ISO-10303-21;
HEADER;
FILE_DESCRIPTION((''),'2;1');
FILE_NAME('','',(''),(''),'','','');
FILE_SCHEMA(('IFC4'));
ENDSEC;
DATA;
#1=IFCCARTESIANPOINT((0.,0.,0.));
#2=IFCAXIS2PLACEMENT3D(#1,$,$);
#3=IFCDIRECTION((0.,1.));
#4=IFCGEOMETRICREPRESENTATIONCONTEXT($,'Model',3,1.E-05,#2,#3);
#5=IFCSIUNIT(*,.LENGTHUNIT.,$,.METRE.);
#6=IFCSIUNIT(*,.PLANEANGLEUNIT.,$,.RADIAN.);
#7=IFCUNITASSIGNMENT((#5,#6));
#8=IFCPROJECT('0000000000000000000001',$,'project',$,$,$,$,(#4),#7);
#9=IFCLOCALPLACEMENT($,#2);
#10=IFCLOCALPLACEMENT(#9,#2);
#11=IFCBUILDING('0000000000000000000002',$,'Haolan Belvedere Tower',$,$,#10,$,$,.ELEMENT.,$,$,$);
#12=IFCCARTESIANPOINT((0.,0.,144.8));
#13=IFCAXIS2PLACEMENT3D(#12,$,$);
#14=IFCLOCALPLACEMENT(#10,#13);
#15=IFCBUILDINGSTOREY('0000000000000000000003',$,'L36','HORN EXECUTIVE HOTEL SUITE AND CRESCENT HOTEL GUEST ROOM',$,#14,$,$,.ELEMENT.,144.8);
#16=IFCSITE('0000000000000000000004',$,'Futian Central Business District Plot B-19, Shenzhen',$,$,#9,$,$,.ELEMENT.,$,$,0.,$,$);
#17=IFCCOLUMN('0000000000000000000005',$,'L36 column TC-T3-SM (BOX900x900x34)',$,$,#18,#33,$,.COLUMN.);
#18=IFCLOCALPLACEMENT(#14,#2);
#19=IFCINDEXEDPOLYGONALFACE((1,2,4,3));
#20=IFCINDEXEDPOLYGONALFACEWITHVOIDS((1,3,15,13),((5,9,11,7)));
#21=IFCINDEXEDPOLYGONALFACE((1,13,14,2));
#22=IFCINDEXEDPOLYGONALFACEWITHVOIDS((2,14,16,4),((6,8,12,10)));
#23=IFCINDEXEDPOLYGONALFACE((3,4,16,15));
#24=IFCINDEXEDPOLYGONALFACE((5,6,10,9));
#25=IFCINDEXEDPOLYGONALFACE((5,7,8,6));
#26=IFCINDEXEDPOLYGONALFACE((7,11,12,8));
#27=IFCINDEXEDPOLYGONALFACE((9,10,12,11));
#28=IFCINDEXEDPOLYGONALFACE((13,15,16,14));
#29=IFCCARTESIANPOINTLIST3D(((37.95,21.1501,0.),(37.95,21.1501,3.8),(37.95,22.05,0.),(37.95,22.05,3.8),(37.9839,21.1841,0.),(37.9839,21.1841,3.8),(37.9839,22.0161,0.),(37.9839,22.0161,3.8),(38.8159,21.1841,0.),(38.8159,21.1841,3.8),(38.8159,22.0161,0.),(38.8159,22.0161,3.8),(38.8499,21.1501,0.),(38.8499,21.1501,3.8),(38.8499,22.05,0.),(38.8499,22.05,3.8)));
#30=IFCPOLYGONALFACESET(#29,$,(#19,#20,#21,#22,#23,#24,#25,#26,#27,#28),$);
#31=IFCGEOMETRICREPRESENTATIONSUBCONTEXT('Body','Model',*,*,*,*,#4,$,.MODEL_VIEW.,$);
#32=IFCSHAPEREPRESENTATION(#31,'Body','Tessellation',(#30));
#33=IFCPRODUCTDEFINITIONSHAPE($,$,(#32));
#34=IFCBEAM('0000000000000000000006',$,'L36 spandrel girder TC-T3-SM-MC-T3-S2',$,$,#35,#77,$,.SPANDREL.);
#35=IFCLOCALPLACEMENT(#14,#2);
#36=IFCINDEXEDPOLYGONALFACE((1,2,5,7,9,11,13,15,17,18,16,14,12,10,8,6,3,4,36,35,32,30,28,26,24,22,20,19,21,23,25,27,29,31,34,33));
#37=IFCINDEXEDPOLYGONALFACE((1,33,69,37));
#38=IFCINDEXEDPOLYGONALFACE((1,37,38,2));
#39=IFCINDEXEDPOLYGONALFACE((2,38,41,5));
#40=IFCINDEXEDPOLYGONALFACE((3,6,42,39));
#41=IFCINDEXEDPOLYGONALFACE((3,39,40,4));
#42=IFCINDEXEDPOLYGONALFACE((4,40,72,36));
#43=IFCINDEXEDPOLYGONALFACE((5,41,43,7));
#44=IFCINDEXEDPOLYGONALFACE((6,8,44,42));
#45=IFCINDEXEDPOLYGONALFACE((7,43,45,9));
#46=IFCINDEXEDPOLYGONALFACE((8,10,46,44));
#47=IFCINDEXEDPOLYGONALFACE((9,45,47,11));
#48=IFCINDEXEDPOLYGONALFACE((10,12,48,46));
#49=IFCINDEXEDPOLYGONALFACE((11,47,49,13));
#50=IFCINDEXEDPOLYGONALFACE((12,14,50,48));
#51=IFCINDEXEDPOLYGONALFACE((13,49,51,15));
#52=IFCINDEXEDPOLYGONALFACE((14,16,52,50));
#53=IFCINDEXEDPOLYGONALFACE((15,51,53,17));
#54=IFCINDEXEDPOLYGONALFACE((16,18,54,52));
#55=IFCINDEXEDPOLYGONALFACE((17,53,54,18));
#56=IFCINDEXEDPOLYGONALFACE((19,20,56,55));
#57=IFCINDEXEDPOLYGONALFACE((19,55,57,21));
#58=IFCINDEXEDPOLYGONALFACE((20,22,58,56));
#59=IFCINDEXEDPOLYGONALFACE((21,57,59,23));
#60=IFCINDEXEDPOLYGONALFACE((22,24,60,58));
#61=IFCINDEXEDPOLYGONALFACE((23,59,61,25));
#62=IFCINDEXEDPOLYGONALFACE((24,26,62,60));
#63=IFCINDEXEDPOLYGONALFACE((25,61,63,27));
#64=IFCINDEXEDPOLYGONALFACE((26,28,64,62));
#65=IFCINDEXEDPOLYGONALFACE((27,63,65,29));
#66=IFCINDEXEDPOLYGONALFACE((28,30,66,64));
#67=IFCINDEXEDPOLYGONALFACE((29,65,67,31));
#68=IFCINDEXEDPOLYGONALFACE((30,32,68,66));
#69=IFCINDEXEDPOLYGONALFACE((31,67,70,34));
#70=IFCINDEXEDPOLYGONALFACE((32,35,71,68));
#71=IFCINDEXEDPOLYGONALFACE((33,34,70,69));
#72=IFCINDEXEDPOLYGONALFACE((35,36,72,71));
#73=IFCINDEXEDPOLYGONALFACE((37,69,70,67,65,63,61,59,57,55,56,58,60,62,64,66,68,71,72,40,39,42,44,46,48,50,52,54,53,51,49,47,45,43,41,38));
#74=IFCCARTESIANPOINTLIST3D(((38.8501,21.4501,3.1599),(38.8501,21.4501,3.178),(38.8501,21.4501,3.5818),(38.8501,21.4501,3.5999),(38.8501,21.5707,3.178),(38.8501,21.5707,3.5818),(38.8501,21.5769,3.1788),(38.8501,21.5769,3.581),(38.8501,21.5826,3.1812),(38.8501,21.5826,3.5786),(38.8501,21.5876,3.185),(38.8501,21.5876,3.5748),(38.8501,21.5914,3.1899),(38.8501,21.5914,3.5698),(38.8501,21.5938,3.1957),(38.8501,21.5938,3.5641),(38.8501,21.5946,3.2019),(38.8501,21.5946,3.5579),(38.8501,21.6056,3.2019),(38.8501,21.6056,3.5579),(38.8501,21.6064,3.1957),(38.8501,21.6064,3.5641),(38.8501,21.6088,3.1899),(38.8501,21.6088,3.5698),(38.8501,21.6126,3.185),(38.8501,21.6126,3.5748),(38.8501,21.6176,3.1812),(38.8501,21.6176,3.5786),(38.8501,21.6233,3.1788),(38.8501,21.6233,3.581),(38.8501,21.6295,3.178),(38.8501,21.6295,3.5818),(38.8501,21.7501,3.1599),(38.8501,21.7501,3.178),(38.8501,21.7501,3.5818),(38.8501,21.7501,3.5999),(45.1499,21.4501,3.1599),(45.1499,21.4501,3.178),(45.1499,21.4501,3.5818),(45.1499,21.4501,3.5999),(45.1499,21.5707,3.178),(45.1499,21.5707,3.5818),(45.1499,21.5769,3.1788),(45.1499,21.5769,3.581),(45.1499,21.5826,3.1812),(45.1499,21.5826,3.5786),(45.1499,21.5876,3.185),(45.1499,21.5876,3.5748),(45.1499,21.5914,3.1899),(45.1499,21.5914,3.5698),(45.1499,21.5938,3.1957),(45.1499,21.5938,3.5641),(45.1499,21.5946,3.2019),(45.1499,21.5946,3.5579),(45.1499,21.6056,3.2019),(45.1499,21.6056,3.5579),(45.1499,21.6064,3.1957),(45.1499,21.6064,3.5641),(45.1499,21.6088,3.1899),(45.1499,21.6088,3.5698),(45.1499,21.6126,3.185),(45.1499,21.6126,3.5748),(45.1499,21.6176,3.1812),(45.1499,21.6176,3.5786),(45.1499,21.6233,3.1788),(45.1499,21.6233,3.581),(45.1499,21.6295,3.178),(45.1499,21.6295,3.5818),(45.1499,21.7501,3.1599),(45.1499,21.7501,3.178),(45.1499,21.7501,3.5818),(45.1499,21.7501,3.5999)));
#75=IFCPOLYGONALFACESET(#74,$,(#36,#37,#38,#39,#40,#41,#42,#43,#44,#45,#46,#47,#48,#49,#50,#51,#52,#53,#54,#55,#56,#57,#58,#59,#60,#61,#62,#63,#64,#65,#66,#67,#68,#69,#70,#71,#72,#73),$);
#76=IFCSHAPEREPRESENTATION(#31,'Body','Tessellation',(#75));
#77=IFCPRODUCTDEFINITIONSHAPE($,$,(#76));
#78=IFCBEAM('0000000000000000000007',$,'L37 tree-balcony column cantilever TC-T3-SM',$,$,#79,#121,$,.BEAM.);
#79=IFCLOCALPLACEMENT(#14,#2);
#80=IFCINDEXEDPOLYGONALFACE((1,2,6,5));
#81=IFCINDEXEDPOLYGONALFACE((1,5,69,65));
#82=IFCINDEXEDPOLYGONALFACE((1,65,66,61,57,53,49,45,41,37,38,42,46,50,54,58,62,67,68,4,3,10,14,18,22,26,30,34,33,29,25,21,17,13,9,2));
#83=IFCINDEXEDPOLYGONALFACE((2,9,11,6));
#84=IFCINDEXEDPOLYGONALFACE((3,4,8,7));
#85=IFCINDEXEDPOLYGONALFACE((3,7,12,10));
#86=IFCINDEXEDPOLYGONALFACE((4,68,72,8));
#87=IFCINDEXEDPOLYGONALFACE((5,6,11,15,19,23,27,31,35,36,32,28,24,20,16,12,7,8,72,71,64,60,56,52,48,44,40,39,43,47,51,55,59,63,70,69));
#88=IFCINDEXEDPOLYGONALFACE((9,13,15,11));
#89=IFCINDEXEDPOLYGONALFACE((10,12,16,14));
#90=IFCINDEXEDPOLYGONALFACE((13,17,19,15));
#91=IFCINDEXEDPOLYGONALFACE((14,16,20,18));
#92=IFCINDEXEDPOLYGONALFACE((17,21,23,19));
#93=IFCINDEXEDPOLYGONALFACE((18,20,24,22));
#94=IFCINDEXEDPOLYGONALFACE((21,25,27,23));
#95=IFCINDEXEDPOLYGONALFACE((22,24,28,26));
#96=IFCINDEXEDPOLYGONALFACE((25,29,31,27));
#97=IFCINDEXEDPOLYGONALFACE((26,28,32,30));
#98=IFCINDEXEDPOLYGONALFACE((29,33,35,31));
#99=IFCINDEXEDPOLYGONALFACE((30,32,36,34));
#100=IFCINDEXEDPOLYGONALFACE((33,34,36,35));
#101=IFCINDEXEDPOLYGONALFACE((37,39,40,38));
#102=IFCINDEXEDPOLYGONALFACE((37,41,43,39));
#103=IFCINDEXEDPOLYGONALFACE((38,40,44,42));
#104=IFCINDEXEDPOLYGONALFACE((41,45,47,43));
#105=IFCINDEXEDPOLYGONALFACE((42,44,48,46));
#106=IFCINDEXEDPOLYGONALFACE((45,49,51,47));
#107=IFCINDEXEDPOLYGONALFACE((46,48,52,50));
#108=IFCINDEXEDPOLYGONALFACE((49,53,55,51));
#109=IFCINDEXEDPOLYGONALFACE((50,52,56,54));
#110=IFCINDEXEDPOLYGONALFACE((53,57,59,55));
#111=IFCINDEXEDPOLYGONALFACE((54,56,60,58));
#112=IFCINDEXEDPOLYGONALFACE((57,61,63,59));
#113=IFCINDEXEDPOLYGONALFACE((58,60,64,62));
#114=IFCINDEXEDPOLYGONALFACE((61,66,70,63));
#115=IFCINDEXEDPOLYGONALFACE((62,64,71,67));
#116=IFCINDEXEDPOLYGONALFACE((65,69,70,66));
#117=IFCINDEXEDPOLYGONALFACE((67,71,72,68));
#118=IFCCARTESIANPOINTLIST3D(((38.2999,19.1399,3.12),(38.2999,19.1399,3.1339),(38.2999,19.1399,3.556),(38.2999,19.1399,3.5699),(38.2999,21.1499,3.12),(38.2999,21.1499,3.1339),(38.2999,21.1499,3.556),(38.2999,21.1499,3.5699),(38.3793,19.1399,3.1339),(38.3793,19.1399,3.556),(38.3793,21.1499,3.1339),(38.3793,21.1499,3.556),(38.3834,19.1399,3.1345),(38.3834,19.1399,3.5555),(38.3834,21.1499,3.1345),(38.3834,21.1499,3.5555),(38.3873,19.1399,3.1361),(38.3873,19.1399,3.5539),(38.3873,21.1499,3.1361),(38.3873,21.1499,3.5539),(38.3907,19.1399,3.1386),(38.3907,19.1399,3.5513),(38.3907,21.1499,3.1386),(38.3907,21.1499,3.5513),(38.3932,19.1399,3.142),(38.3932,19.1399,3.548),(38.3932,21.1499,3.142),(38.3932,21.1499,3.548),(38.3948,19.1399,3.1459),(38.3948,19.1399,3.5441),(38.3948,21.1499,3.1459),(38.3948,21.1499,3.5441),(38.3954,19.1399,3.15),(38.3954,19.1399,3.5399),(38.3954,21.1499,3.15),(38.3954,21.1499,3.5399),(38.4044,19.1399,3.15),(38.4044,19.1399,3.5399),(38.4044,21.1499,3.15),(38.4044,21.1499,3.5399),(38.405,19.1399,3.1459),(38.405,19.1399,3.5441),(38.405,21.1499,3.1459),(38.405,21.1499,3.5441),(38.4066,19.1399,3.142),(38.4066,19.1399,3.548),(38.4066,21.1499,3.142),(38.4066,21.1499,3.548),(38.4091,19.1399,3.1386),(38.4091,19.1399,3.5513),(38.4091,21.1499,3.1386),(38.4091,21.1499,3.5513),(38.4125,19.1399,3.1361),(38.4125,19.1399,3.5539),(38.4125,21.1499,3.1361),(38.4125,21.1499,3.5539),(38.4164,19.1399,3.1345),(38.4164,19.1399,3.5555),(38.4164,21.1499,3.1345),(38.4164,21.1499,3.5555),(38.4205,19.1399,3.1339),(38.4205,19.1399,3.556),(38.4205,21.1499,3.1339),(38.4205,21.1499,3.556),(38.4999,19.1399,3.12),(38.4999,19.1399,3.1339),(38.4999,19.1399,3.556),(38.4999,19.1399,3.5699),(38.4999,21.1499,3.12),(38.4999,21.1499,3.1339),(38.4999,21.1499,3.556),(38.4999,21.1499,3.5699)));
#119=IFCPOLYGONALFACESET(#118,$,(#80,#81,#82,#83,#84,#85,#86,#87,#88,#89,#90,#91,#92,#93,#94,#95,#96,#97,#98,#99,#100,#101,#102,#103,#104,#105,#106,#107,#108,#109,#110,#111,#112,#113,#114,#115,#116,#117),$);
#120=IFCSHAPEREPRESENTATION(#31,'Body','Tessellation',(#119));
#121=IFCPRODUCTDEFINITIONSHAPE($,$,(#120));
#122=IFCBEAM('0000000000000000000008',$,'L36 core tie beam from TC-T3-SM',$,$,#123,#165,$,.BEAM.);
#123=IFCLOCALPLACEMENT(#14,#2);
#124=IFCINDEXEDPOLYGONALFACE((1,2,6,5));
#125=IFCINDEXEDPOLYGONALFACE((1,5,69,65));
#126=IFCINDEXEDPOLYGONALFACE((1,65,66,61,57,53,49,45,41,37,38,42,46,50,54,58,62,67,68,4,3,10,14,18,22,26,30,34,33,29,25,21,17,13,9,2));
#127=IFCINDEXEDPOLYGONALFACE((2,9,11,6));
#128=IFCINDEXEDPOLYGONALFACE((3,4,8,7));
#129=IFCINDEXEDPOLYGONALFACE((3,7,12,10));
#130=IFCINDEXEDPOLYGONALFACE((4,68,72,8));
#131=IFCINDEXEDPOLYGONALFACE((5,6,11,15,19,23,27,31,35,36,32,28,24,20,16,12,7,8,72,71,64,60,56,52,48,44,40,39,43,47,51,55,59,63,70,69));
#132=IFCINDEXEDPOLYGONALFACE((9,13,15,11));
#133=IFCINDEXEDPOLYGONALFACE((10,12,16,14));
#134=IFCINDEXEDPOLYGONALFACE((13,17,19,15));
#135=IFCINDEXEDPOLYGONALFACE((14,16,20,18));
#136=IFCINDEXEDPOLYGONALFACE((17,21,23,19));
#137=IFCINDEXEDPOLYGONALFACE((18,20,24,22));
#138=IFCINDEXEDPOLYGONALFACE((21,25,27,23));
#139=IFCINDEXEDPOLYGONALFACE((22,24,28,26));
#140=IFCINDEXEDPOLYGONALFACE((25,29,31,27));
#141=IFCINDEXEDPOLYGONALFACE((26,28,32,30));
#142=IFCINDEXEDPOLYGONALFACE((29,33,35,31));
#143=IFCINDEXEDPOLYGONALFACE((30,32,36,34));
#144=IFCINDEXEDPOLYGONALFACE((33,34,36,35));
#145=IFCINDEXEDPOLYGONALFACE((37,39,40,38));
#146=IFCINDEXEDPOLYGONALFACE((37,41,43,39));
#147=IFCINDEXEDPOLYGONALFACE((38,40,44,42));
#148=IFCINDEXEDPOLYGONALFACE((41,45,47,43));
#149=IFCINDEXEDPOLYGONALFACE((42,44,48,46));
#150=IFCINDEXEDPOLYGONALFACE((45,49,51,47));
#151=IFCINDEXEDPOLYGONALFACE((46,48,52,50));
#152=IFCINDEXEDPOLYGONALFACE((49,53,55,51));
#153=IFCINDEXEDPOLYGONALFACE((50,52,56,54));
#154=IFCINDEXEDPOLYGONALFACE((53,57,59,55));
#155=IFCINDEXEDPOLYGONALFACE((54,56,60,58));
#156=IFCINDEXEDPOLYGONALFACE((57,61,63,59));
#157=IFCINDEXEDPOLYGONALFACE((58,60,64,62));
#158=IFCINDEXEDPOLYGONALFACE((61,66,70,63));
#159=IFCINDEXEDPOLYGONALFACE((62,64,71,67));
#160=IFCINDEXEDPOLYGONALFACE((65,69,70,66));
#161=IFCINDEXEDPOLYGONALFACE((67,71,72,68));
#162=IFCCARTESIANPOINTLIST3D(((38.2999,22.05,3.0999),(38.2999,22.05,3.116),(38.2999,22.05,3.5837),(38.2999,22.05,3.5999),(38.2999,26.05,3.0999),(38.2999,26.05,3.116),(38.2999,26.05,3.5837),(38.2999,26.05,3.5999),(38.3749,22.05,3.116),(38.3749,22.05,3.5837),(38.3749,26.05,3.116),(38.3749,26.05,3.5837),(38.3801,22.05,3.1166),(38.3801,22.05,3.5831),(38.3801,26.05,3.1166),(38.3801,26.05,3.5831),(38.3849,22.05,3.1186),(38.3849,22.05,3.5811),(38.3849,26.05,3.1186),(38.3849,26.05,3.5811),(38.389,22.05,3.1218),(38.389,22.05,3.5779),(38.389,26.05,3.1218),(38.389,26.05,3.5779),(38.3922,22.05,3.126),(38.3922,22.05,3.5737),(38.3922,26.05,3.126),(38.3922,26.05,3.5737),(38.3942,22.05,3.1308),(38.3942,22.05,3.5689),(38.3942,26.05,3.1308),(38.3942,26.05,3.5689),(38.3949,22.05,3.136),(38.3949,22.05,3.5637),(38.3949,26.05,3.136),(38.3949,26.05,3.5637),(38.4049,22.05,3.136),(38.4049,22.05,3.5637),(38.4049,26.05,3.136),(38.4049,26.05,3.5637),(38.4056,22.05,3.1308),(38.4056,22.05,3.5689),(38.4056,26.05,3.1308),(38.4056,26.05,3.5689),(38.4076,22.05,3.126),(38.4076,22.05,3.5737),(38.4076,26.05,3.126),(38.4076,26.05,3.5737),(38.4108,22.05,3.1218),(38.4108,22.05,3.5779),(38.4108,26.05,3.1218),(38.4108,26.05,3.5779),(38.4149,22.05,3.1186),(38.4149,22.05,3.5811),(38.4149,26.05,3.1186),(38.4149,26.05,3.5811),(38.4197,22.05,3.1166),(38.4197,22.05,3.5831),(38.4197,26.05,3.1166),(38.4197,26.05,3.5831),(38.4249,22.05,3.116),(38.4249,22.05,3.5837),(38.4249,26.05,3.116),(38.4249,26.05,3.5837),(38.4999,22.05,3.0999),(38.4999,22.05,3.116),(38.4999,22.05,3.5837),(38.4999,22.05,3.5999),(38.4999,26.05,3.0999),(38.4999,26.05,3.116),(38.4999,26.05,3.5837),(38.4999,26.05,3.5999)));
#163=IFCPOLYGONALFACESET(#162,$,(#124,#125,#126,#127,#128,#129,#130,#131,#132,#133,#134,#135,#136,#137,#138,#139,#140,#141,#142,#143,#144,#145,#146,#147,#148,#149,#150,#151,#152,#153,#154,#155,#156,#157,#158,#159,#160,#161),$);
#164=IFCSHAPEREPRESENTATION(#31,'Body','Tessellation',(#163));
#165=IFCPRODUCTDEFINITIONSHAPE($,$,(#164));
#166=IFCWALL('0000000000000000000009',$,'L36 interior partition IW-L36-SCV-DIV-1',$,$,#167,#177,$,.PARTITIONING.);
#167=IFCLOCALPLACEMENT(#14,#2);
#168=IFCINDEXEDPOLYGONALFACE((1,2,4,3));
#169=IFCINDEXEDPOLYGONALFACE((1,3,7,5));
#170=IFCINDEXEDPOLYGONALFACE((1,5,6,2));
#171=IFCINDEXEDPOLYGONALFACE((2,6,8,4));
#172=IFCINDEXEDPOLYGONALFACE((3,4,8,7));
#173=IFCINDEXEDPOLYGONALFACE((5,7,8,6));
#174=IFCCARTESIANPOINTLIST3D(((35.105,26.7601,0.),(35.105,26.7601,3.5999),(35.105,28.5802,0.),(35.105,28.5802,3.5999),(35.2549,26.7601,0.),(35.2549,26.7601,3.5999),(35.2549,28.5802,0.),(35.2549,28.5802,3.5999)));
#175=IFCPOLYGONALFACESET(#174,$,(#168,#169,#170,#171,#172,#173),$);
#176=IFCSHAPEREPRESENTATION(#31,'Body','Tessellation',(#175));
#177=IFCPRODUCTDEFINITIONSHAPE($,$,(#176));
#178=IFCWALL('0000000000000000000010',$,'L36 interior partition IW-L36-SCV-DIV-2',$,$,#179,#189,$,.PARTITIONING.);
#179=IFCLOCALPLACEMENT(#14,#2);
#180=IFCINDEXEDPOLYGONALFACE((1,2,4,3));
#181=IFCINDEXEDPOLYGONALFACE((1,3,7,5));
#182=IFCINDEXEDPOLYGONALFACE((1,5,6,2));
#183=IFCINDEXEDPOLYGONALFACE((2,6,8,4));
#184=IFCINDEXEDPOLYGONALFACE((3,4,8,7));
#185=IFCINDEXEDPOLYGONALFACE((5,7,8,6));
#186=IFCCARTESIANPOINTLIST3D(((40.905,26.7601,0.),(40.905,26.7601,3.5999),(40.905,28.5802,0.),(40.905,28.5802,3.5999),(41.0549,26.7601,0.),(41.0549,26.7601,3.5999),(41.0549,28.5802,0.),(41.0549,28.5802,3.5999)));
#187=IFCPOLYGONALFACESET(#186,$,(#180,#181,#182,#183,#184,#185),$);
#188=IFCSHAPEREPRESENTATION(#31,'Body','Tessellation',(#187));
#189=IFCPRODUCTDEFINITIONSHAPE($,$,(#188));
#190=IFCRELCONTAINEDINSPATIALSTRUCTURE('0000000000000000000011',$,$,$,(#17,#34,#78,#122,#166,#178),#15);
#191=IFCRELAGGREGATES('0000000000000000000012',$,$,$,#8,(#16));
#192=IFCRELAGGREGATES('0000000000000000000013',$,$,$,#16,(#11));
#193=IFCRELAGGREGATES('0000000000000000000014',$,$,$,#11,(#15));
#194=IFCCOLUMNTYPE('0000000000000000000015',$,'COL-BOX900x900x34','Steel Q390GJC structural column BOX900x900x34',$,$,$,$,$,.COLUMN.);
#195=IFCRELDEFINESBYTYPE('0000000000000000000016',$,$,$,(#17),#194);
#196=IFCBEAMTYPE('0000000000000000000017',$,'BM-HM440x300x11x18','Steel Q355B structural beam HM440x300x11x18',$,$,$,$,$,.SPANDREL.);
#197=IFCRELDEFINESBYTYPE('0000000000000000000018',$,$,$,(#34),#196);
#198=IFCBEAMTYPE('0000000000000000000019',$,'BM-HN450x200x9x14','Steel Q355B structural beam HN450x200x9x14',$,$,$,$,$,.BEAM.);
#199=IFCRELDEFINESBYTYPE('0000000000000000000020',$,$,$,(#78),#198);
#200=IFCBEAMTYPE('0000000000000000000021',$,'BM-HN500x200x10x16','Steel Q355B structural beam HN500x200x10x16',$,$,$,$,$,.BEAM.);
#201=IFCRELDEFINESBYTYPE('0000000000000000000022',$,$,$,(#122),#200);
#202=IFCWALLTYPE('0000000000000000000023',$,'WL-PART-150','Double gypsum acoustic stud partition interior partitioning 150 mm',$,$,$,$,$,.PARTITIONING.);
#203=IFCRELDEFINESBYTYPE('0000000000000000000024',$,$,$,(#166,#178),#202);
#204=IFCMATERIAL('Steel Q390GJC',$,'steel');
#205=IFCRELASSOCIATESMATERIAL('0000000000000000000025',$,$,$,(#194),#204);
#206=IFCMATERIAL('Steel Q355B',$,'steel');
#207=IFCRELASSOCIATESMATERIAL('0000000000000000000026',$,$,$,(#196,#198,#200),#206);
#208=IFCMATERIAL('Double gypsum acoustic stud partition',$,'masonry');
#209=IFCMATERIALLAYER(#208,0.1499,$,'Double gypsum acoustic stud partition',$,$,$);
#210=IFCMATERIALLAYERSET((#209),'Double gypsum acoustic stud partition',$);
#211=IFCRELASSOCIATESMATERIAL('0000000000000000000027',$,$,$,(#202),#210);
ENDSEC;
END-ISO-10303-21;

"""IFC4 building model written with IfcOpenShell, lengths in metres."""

from ifc_helpers import new_model, si_unit, direction, frame, frame_2d, origin, origin_2d, place, context, subcontext, project, spatial, rectangle, hollow_rectangle, i_section, extrude, material, layer, layer_set, material_profile, profile_set, type_object, element, save


model = new_model("IFC4")

# Units and contexts
model_context = context("Model", 3, precision=1e-05, world=origin(), true_north=direction((0.0, 1.0)))
body_context = subcontext(model_context, "Body", "Model", "MODEL_VIEW")
ifc_project = project(units=[si_unit("LENGTHUNIT", "METRE"), si_unit("PLANEANGLEUNIT", "RADIAN")], contexts=[model_context])

# Site, building, storey
site_placement = place(None, origin())
site = spatial("IfcSite", under=ifc_project, at=site_placement, Name="Futian Central Business District Plot B-19, Shenzhen", CompositionType="ELEMENT", RefElevation=0.0)
building_placement = place(site_placement, origin())
building = spatial("IfcBuilding", under=site, at=building_placement, Name="Haolan Belvedere Tower", CompositionType="ELEMENT")
storey_placement = place(building_placement, frame((0.0, 0.0, 144.8)))
storey = spatial("IfcBuildingStorey", under=building, at=storey_placement, Name="L36", Description="HORN EXECUTIVE HOTEL SUITE AND CRESCENT HOTEL GUEST ROOM", CompositionType="ELEMENT", Elevation=144.8)

# Column
ifc_material_1 = material(Name="Steel Q390GJC", Category="steel")
ifc_material_profile_1 = material_profile(ifc_material_1, hollow_rectangle(XDim=0.8999, YDim=0.8999, WallThickness=0.0339, at=origin_2d()), Name="Steel Q390GJC")
ifc_profile_set_1 = profile_set([ifc_material_profile_1], Name="Steel Q390GJC")
column_type = type_object("IfcColumnType", Name="COL-BOX900x900x34", Description="Steel Q390GJC structural column BOX900x900x34", PredefinedType="COLUMN", material=ifc_profile_set_1)
column_placement = place(storey_placement, frame((38.3999, 21.6001, 0.0), z_axis=(0.0, 0.0, 1.0), x_axis=(1.0, 0.0, 0.0)))
element("IfcColumn", 1, at=column_placement, inside=storey, type_object=column_type, Name="L36 column TC-T3-SM (BOX900x900x34)", PredefinedType="COLUMN", context=body_context, shape_type="SweptSolid", body=[
    extrude(hollow_rectangle(XDim=0.8999, YDim=0.8999, WallThickness=0.0339, at=origin_2d()), origin(), (0.0, 0.0, 1.0), 3.8),
])

# Beams
ifc_material_2 = material(Name="Steel Q355B", Category="steel")
ifc_material_profile_2 = material_profile(ifc_material_2, i_section(OverallWidth=0.3, OverallDepth=0.4399, WebThickness=0.011, FlangeThickness=0.0181, FilletRadius=0.0239, at=origin_2d()), Name="Steel Q355B")
ifc_profile_set_2 = profile_set([ifc_material_profile_2], Name="Steel Q355B")
beam_type_1 = type_object("IfcBeamType", Name="BM-HM440x300x11x18", Description="Steel Q355B structural beam HM440x300x11x18", PredefinedType="SPANDREL", material=ifc_profile_set_2)
beam_1_placement = place(storey_placement, frame((38.8501, 21.6001, 3.3799), z_axis=(1.0, 0.0, 0.0), x_axis=(0.0, 1.0, 0.0)))
element("IfcBeam", 2, at=beam_1_placement, inside=storey, type_object=beam_type_1, Name="L36 spandrel girder TC-T3-SM-MC-T3-S2", PredefinedType="SPANDREL", context=body_context, shape_type="SweptSolid", body=[
    extrude(i_section(OverallWidth=0.3, OverallDepth=0.4399, WebThickness=0.011, FlangeThickness=0.0181, FilletRadius=0.0239, at=origin_2d()), origin(), (0.0, 0.0, 1.0), 6.2998),
])
ifc_material_profile_3 = material_profile(ifc_material_2, i_section(OverallWidth=0.2, OverallDepth=0.45, WebThickness=0.009, FlangeThickness=0.0139, FilletRadius=0.0161, at=origin_2d()), Name="Steel Q355B")
ifc_profile_set_3 = profile_set([ifc_material_profile_3], Name="Steel Q355B")
beam_type_2 = type_object("IfcBeamType", Name="BM-HN450x200x9x14", Description="Steel Q355B structural beam HN450x200x9x14", PredefinedType="BEAM", material=ifc_profile_set_3)
beam_2_placement = place(storey_placement, frame((38.3999, 21.1499, 3.345), z_axis=(0.0, -1.0, 0.0), x_axis=(1.0, 0.0, 0.0)))
element("IfcBeam", 3, at=beam_2_placement, inside=storey, type_object=beam_type_2, Name="L37 tree-balcony column cantilever TC-T3-SM", PredefinedType="BEAM", context=body_context, shape_type="SweptSolid", body=[
    extrude(i_section(OverallWidth=0.2, OverallDepth=0.45, WebThickness=0.009, FlangeThickness=0.0139, FilletRadius=0.0161, at=origin_2d()), origin(), (0.0, 0.0, 1.0), 2.01),
])
ifc_material_profile_4 = material_profile(ifc_material_2, i_section(OverallWidth=0.2, OverallDepth=0.5, WebThickness=0.01, FlangeThickness=0.0161, FilletRadius=0.02, at=origin_2d()), Name="Steel Q355B")
ifc_profile_set_4 = profile_set([ifc_material_profile_4], Name="Steel Q355B")
beam_type_3 = type_object("IfcBeamType", Name="BM-HN500x200x10x16", Description="Steel Q355B structural beam HN500x200x10x16", PredefinedType="BEAM", material=ifc_profile_set_4)
beam_3_placement = place(storey_placement, frame((38.3999, 22.05, 3.3499), z_axis=(0.0, 1.0, 0.0), x_axis=(-1.0, 0.0, 0.0)))
element("IfcBeam", 4, at=beam_3_placement, inside=storey, type_object=beam_type_3, Name="L36 core tie beam from TC-T3-SM", PredefinedType="BEAM", context=body_context, shape_type="SweptSolid", body=[
    extrude(i_section(OverallWidth=0.2, OverallDepth=0.5, WebThickness=0.01, FlangeThickness=0.0161, FilletRadius=0.02, at=origin_2d()), origin(), (0.0, 0.0, 1.0), 4.0),
])

# Walls
ifc_material_3 = material(Name="Double gypsum acoustic stud partition", Category="masonry")
ifc_layer_1 = layer(ifc_material_3, 0.1499, Name="Double gypsum acoustic stud partition")
ifc_layer_set_1 = layer_set([ifc_layer_1], Name="Double gypsum acoustic stud partition")
wall_type_1 = type_object("IfcWallType", Name="WL-PART-150", Description="Double gypsum acoustic stud partition interior partitioning 150 mm", PredefinedType="PARTITIONING", material=ifc_layer_set_1)
for number, where, z_axis, x_axis, name in (
    (5, (35.1799, 26.76, 0.0), (0.0, 0.0, 1.0), (0.0, 1.0, 0.0), "L36 interior partition IW-L36-SCV-DIV-1"),
    (6, (40.98, 26.76, 0.0), (0.0, 0.0, 1.0), (0.0, 1.0, 0.0), "L36 interior partition IW-L36-SCV-DIV-2"),
):
    element("IfcWall", number, at=place(storey_placement, frame(where, z_axis=z_axis, x_axis=x_axis)), inside=storey, type_object=wall_type_1, Name=name, PredefinedType="PARTITIONING", context=body_context, shape_type="SweptSolid", body=[
        extrude(rectangle(XDim=1.8201, YDim=0.1499, at=frame_2d((0.9102, 0.0))), origin(), (0.0, 0.0, 1.0), 3.5999),
    ])

save(model, "model.ifc")
